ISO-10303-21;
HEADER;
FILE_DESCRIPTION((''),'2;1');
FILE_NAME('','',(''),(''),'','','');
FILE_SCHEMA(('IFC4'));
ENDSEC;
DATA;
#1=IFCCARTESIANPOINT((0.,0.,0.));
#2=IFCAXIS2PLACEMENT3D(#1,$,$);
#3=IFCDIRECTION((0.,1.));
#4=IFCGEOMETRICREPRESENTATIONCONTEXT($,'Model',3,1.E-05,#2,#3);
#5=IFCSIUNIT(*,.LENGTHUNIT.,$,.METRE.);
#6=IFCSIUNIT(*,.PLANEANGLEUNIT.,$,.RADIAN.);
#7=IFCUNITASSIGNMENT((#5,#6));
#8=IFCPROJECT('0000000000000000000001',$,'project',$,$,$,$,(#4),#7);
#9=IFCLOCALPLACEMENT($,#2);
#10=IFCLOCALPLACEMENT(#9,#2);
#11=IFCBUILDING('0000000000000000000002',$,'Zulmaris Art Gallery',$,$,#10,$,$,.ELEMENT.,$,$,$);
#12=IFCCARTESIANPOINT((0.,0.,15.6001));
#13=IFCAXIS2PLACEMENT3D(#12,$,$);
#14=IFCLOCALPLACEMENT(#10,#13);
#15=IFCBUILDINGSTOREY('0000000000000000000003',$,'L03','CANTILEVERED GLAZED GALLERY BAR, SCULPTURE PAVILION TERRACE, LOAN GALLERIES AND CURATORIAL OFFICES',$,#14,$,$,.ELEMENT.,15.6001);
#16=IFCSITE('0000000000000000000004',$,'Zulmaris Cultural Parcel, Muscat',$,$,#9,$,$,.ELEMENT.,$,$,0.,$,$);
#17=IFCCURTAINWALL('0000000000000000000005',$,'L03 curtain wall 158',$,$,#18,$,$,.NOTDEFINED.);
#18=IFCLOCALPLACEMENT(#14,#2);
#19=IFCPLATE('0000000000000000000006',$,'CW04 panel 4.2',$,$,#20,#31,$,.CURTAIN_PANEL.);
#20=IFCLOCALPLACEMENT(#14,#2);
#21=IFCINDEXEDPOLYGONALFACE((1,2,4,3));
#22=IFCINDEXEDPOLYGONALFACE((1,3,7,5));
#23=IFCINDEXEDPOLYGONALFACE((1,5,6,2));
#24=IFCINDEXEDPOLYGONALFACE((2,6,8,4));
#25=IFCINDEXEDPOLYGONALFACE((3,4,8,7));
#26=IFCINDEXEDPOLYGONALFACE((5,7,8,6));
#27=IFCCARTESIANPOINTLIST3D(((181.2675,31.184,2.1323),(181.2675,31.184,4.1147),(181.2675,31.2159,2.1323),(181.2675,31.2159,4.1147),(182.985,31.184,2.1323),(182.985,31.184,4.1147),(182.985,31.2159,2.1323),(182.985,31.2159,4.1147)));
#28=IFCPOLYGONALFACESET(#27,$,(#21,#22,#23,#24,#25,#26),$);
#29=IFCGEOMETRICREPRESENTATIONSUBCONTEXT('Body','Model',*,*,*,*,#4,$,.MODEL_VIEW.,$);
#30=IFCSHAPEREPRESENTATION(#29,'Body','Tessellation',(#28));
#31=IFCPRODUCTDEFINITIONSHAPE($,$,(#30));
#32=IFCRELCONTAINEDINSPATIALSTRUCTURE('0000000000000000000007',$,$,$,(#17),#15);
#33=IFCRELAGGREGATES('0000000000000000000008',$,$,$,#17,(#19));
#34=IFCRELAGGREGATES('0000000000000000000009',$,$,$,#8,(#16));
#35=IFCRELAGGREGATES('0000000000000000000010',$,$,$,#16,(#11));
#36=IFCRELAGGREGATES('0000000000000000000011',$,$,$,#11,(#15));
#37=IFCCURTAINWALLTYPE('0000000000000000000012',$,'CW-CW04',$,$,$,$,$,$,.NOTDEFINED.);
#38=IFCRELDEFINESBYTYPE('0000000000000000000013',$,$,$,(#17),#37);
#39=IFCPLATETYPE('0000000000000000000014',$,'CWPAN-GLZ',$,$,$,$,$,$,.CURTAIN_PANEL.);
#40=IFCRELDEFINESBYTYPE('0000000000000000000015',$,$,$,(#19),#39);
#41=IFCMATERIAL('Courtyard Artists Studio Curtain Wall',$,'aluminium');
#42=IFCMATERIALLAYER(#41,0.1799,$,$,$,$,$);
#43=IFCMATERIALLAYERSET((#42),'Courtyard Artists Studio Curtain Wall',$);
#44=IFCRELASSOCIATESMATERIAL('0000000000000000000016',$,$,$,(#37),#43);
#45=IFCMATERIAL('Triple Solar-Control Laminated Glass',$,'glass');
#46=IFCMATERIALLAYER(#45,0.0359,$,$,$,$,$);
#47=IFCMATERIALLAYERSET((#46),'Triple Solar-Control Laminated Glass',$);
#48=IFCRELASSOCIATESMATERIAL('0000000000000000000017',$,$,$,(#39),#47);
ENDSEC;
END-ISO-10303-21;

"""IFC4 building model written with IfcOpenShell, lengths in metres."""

from ifc_helpers import new_model, si_unit, direction, frame, origin, origin_2d, place, context, subcontext, project, spatial, rectangle, extrude, material, layer, layer_set, type_object, element, aggregate, save


model = new_model("IFC4")

# Units and contexts
model_context = context("Model", 3, precision=1e-05, world=origin(), true_north=direction((0.0, 1.0)))
body_context = subcontext(model_context, "Body", "Model", "MODEL_VIEW")
ifc_project = project(units=[si_unit("LENGTHUNIT", "METRE"), si_unit("PLANEANGLEUNIT", "RADIAN")], contexts=[model_context])

# Site, building, storey
site_placement = place(None, origin())
site = spatial("IfcSite", under=ifc_project, at=site_placement, Name="Zulmaris Cultural Parcel, Muscat", CompositionType="ELEMENT", RefElevation=0.0)
building_placement = place(site_placement, origin())
building = spatial("IfcBuilding", under=site, at=building_placement, Name="Zulmaris Art Gallery", CompositionType="ELEMENT")
storey_placement = place(building_placement, frame((0.0, 0.0, 15.6001)))
storey = spatial("IfcBuildingStorey", under=building, at=storey_placement, Name="L03", Description="CANTILEVERED GLAZED GALLERY BAR, SCULPTURE PAVILION TERRACE, LOAN GALLERIES AND CURATORIAL OFFICES", CompositionType="ELEMENT", Elevation=15.6001)

# Curtain wall
ifc_material_1 = material(Name="Courtyard Artists Studio Curtain Wall", Category="aluminium")
ifc_layer_1 = layer(ifc_material_1, 0.1799)
ifc_layer_set_1 = layer_set([ifc_layer_1], Name="Courtyard Artists Studio Curtain Wall")
curtain_wall_type = type_object("IfcCurtainWallType", Name="CW-CW04", PredefinedType="NOTDEFINED", material=ifc_layer_set_1)
curtain_wall_1_placement = place(storey_placement, origin())
curtain_wall_1 = element("IfcCurtainWall", 1, at=curtain_wall_1_placement, inside=storey, type_object=curtain_wall_type, Name="L03 curtain wall 158", PredefinedType="NOTDEFINED")

# Plate
ifc_material_2 = material(Name="Triple Solar-Control Laminated Glass", Category="glass")
ifc_layer_2 = layer(ifc_material_2, 0.0359)
ifc_layer_set_2 = layer_set([ifc_layer_2], Name="Triple Solar-Control Laminated Glass")
plate_type = type_object("IfcPlateType", Name="CWPAN-GLZ", PredefinedType="CURTAIN_PANEL", material=ifc_layer_set_2)
plate_1_placement = place(storey_placement, frame((182.1262, 31.2, 2.1323), z_axis=(0.0, 0.0, 1.0), x_axis=(1.0, 0.0, 0.0)))
plate_1 = element("IfcPlate", 2, at=plate_1_placement, type_object=plate_type, Name="CW04 panel 4.2", PredefinedType="CURTAIN_PANEL", context=body_context, shape_type="SweptSolid", body=[
    extrude(rectangle(XDim=1.7175, YDim=0.032, at=origin_2d()), origin(), (0.0, 0.0, 1.0), 1.9824),
])
aggregate(curtain_wall_1, [plate_1])

save(model, "model.ifc")
